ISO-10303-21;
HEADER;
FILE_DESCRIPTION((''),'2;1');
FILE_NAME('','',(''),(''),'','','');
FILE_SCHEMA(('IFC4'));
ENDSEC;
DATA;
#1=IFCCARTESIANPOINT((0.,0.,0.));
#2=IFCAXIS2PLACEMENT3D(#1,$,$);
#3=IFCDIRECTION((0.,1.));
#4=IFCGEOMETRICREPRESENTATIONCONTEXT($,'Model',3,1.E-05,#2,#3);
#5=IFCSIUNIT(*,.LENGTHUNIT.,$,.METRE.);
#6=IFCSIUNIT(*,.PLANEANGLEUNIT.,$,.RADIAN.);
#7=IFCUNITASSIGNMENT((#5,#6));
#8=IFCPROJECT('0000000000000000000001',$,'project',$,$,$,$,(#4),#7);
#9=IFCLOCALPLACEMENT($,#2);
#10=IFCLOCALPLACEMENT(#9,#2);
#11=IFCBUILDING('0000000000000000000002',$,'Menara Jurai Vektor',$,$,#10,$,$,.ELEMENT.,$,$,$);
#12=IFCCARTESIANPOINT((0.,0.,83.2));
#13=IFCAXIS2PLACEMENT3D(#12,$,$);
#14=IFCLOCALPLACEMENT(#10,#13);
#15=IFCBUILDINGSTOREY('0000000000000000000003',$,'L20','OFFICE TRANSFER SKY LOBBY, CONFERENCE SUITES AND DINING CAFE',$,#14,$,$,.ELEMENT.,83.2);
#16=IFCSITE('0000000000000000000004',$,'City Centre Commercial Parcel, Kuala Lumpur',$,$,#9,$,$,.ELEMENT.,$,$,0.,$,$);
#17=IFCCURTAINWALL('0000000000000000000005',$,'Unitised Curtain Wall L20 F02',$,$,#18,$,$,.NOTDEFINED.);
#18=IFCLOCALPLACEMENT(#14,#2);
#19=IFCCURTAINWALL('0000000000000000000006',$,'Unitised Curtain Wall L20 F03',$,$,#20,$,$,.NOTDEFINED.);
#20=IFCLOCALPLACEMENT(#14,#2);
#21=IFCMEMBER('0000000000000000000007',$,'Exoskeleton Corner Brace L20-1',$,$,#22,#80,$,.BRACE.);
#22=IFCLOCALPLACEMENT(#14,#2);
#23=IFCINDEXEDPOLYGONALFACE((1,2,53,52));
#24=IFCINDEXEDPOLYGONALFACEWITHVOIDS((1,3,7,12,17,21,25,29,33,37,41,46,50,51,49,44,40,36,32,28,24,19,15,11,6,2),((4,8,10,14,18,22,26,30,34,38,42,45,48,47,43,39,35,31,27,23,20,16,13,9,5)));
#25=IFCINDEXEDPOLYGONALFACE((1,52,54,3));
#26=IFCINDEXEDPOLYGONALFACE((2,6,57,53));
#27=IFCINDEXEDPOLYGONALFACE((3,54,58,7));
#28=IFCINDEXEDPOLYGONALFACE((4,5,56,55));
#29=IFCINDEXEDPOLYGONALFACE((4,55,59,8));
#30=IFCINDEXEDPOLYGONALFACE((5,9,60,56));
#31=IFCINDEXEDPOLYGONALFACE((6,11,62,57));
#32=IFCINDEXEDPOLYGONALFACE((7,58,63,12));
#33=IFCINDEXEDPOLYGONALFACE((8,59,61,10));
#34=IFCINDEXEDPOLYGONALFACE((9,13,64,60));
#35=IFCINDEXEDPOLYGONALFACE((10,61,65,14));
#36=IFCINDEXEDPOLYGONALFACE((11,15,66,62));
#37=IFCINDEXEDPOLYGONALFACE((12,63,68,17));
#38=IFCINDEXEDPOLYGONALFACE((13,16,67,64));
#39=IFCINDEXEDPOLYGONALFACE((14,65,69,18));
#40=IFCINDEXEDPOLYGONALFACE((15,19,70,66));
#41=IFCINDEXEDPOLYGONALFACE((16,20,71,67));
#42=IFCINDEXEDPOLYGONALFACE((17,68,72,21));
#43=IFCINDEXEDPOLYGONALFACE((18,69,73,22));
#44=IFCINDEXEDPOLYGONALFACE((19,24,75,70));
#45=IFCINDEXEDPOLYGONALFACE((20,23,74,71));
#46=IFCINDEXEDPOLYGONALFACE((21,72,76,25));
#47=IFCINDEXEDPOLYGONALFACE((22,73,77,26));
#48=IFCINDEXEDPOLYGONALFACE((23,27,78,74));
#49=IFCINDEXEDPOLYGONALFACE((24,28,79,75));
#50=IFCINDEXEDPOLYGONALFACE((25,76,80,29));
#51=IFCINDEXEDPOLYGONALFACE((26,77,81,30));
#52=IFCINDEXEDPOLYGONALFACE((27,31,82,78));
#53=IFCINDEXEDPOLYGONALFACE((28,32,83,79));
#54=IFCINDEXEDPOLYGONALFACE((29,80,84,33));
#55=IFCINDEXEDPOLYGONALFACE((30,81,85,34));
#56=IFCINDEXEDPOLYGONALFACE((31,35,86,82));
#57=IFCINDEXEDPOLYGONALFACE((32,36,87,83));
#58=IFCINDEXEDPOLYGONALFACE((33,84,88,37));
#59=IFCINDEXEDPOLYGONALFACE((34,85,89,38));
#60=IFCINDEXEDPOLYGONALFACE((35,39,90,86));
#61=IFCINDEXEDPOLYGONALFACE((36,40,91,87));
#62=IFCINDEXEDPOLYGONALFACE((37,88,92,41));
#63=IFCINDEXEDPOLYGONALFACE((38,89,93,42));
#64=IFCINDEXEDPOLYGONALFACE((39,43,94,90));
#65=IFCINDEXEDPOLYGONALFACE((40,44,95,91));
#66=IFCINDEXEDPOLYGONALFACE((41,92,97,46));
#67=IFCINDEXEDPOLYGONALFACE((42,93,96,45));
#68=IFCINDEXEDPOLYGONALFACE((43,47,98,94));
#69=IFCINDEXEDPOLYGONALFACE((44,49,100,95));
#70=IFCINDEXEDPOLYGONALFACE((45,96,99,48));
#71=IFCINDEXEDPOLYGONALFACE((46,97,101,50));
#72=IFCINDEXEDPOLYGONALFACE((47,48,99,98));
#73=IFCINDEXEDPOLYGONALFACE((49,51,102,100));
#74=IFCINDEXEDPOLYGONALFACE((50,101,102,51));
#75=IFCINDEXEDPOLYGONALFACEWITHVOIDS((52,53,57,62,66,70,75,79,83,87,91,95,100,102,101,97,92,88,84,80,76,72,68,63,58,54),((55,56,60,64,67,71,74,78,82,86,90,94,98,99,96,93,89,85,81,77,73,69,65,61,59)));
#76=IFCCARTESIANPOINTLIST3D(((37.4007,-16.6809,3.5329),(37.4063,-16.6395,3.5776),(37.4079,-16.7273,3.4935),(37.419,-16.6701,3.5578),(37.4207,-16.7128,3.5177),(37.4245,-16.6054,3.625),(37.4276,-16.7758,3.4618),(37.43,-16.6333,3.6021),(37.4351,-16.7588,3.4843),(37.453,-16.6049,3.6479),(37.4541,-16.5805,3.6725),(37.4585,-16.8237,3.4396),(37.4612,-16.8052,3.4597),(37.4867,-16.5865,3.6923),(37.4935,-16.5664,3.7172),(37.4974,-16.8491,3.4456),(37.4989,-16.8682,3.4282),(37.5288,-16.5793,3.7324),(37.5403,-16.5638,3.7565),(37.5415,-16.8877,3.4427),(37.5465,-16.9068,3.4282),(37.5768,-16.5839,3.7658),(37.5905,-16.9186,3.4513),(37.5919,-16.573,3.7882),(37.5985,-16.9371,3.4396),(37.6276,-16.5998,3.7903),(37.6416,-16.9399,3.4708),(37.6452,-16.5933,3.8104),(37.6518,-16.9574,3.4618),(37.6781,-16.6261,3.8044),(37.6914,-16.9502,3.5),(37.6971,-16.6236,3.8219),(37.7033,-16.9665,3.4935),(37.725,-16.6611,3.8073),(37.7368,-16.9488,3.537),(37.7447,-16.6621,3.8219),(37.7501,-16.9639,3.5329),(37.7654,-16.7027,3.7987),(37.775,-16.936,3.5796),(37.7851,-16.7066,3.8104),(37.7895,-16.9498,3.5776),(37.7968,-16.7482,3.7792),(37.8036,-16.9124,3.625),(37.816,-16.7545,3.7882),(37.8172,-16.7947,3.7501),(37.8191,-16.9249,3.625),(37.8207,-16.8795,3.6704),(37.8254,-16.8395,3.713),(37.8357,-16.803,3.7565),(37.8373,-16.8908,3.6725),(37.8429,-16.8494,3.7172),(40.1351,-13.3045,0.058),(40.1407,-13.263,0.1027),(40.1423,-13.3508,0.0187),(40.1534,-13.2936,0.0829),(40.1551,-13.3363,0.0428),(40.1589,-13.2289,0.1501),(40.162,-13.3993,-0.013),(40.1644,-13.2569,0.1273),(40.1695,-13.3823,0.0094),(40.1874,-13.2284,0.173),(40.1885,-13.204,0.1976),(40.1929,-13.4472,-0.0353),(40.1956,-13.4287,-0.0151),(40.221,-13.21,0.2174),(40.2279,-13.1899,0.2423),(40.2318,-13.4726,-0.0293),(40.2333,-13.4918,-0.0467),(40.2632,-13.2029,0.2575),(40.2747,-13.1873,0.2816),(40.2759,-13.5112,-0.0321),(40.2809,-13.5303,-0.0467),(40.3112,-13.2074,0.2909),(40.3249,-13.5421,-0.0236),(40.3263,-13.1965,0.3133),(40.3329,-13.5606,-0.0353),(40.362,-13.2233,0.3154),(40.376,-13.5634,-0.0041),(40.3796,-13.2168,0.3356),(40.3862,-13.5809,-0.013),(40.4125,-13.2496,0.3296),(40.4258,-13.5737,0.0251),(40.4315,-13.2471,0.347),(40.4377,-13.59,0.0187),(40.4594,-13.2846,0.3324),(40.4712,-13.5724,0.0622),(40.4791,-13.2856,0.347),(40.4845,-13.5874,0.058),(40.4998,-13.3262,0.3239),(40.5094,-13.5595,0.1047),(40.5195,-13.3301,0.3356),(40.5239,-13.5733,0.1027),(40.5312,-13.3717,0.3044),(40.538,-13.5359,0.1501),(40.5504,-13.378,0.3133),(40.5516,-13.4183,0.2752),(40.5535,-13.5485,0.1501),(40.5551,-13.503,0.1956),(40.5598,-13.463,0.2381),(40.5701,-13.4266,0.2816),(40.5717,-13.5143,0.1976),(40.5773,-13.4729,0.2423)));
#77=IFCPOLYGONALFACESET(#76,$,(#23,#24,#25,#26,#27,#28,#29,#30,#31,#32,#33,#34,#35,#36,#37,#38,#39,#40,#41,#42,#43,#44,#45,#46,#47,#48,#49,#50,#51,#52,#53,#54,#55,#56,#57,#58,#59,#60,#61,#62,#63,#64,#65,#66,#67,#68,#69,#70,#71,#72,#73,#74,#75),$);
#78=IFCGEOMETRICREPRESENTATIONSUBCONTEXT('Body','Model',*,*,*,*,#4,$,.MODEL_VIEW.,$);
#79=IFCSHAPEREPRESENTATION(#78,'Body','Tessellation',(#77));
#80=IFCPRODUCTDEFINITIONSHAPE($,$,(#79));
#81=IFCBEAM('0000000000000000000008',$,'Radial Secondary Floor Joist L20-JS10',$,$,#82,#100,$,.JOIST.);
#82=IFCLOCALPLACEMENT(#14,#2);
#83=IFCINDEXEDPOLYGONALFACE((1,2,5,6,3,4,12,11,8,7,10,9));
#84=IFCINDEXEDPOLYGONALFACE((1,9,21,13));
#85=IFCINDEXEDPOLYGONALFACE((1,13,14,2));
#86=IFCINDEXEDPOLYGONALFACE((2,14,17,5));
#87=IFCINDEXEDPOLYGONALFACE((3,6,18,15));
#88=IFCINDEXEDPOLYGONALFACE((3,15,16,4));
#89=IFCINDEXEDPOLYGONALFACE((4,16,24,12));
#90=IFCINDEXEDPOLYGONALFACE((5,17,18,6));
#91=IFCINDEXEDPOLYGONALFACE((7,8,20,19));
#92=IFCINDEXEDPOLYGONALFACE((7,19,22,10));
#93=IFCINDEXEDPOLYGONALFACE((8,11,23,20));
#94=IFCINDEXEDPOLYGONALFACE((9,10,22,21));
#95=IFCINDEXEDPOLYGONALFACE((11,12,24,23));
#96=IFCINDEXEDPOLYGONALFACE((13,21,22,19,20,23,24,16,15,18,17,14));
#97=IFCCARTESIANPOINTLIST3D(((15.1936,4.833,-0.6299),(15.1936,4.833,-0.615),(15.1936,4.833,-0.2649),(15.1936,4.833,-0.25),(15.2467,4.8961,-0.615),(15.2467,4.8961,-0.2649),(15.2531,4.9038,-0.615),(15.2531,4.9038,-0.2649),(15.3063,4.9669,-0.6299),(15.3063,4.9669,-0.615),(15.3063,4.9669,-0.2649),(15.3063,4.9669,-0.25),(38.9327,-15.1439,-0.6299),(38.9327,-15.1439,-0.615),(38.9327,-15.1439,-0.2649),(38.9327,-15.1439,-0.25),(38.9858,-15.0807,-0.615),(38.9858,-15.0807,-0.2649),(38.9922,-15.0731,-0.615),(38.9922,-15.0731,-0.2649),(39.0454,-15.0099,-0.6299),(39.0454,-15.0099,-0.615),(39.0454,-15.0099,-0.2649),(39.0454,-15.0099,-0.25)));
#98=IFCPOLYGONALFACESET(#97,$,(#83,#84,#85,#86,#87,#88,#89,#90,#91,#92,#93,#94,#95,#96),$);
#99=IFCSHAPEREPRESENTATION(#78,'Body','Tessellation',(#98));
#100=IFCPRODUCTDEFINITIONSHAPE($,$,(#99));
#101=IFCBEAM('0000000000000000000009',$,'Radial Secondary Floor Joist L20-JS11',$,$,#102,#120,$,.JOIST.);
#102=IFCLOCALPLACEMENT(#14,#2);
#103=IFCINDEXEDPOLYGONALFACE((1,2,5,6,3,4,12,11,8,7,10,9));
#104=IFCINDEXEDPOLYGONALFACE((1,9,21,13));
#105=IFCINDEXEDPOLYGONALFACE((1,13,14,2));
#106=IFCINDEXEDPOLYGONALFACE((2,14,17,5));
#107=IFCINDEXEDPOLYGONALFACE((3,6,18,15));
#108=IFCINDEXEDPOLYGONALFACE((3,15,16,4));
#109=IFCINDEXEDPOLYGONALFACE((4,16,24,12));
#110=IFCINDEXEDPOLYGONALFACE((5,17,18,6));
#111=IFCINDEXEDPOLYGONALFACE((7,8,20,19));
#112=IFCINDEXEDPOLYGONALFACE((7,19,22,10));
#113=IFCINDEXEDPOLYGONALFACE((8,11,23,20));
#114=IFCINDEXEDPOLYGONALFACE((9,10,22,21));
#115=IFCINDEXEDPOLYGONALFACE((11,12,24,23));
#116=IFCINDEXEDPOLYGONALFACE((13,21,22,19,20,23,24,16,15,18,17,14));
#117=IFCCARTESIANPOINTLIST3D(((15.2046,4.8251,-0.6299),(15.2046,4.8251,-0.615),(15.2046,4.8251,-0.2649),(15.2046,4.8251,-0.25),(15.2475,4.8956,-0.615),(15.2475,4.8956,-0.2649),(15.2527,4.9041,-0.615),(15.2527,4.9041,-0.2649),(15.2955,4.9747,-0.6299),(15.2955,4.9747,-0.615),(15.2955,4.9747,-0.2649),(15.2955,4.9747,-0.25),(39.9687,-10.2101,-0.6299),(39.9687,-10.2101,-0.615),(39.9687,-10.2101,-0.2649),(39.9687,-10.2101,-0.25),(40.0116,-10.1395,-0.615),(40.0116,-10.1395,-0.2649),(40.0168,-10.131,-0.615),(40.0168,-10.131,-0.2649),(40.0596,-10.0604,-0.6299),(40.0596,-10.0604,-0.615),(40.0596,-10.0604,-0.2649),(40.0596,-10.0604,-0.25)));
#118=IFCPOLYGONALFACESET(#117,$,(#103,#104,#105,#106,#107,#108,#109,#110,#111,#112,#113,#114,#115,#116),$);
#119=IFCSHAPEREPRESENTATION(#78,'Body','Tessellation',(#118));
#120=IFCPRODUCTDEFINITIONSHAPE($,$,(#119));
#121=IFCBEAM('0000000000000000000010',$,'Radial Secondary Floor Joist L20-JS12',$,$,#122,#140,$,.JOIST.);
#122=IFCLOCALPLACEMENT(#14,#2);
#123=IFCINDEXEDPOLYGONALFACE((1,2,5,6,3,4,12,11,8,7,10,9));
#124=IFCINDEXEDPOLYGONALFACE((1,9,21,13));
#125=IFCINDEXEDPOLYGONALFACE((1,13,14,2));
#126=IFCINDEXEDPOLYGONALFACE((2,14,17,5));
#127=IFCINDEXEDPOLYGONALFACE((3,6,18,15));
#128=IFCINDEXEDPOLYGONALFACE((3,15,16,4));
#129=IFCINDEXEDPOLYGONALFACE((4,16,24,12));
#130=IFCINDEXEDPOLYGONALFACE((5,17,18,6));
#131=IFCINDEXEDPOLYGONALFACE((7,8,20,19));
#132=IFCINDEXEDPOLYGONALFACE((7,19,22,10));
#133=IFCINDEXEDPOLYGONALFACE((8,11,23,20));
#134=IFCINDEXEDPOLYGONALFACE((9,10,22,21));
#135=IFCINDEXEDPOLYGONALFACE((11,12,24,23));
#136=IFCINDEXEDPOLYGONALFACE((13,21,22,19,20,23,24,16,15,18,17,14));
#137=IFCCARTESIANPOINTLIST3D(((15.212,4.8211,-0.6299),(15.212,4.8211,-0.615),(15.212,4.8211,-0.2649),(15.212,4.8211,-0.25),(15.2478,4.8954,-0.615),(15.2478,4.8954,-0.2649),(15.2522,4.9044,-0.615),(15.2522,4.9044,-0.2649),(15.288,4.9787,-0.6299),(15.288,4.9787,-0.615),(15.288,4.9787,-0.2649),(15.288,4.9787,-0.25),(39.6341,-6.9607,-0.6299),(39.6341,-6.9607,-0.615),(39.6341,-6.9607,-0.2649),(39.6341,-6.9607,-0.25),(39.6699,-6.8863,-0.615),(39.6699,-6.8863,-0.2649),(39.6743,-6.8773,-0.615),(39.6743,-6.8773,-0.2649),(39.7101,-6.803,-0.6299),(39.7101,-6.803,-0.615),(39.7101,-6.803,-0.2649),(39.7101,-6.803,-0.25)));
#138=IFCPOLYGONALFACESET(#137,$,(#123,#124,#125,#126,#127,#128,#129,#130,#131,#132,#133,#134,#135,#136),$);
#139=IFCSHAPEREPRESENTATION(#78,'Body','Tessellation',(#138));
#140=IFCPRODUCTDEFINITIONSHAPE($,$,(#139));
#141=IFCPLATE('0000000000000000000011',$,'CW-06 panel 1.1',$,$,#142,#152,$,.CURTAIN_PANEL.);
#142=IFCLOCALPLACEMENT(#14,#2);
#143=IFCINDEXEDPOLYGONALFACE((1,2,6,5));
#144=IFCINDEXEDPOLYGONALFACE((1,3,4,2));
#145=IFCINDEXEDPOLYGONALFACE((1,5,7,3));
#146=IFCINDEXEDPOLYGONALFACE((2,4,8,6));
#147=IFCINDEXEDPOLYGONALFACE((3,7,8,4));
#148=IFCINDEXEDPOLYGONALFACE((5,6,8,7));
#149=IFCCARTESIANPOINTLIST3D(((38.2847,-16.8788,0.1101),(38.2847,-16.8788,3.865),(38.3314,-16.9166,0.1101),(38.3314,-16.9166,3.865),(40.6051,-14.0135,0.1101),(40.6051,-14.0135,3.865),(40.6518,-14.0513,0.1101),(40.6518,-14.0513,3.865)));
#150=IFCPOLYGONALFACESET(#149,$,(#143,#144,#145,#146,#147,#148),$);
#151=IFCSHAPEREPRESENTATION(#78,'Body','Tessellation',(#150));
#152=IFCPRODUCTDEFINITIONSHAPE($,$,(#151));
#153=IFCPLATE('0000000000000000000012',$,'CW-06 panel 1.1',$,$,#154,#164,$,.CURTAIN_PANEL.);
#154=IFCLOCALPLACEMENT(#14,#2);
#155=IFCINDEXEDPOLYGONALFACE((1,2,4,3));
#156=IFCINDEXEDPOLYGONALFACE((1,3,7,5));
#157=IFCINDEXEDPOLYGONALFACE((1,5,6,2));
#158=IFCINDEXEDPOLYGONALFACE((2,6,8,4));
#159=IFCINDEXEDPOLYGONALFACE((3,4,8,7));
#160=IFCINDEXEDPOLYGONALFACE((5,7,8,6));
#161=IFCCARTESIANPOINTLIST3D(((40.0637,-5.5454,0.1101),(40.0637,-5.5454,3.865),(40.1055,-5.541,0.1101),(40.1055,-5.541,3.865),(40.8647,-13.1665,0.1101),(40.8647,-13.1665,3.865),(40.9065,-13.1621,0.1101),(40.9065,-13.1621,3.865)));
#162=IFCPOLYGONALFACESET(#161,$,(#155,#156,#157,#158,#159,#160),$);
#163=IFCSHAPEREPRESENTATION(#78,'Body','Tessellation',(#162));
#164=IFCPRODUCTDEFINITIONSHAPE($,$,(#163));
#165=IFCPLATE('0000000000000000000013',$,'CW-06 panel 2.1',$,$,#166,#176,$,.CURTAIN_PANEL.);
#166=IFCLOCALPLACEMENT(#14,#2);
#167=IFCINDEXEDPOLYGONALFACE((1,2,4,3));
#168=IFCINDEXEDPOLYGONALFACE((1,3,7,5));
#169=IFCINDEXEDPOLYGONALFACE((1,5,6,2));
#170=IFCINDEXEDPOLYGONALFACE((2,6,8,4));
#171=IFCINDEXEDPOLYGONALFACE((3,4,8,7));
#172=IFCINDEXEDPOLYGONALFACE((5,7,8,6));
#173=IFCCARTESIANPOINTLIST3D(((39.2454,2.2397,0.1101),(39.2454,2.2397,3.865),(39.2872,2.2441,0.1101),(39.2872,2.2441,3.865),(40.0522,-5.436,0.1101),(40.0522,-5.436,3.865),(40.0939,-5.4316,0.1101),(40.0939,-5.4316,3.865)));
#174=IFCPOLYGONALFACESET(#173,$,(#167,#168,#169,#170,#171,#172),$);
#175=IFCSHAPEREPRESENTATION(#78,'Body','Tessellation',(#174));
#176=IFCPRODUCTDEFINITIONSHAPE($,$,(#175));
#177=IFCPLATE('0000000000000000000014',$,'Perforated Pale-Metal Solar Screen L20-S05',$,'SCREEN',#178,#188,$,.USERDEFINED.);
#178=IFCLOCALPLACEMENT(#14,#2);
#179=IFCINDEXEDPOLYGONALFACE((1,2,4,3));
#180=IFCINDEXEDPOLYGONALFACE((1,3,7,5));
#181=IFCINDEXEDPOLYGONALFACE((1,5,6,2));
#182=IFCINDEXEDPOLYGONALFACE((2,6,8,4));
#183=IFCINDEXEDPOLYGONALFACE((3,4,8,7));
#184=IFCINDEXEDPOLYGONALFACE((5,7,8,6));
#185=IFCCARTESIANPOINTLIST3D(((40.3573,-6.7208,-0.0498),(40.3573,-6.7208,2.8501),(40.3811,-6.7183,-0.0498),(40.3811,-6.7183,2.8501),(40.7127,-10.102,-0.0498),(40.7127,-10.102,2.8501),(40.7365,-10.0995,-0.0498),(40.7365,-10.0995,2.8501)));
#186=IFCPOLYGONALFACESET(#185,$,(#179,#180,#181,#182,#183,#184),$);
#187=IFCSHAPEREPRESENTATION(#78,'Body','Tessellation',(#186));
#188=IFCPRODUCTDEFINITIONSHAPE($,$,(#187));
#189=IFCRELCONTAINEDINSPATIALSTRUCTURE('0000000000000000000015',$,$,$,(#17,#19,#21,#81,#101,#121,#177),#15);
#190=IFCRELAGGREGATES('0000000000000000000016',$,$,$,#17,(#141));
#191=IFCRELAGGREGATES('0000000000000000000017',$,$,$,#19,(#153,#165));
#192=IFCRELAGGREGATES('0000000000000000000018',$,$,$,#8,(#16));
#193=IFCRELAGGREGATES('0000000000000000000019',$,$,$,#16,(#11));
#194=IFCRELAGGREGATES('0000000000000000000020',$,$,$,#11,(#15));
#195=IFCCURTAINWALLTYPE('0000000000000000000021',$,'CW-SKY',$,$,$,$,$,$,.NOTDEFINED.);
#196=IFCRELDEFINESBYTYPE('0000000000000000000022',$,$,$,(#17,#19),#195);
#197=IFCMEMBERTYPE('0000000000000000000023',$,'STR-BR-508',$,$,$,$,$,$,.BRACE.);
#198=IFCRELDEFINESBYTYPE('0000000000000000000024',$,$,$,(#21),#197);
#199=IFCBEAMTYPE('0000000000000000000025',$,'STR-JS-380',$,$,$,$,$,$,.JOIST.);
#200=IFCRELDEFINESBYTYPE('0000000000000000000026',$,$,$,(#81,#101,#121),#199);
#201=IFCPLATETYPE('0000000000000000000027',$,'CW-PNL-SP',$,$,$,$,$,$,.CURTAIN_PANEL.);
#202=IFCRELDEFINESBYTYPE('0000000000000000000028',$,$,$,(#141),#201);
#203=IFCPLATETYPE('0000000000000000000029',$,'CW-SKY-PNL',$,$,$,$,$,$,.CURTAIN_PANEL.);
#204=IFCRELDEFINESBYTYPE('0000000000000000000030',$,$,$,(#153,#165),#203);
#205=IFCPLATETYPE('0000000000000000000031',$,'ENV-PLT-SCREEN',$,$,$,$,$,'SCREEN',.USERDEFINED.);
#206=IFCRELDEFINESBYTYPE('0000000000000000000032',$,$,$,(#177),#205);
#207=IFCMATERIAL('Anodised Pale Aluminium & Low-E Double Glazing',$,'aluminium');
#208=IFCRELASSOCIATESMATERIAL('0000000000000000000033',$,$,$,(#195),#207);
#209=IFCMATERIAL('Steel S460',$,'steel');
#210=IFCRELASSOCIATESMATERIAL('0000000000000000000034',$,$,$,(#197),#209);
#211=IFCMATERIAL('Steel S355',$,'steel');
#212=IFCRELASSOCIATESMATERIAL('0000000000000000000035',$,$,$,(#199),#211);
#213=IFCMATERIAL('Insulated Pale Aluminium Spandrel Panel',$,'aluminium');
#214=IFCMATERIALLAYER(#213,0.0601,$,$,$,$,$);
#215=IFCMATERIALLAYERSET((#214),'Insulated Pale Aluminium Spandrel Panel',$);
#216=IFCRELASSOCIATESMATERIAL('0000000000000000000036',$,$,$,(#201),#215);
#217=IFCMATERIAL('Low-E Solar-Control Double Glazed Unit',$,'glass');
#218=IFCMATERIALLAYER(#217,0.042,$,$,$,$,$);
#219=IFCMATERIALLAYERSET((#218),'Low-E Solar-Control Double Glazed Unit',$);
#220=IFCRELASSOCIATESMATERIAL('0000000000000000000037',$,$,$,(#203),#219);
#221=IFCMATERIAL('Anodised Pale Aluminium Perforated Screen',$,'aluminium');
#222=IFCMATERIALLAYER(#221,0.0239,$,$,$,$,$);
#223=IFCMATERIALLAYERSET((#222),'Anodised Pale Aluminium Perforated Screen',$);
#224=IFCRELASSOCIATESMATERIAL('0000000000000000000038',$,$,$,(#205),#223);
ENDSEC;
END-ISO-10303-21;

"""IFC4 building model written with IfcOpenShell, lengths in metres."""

from ifc_helpers import new_model, si_unit, direction, frame, origin, origin_2d, place, context, subcontext, project, spatial, rectangle, hollow_circle, i_section, extrude, material, layer, layer_set, material_profile, profile_set, type_object, element, aggregate, save


model = new_model("IFC4")

# Units and contexts
model_context = context("Model", 3, precision=1e-05, world=origin(), true_north=direction((0.0, 1.0)))
body_context = subcontext(model_context, "Body", "Model", "MODEL_VIEW")
ifc_project = project(units=[si_unit("LENGTHUNIT", "METRE"), si_unit("PLANEANGLEUNIT", "RADIAN")], contexts=[model_context])

# Site, building, storey
site_placement = place(None, origin())
site = spatial("IfcSite", under=ifc_project, at=site_placement, Name="City Centre Commercial Parcel, Kuala Lumpur", CompositionType="ELEMENT", RefElevation=0.0)
building_placement = place(site_placement, origin())
building = spatial("IfcBuilding", under=site, at=building_placement, Name="Menara Jurai Vektor", CompositionType="ELEMENT")
storey_placement = place(building_placement, frame((0.0, 0.0, 83.2)))
storey = spatial("IfcBuildingStorey", under=building, at=storey_placement, Name="L20", Description="OFFICE TRANSFER SKY LOBBY, CONFERENCE SUITES AND DINING CAFE", CompositionType="ELEMENT", Elevation=83.2)

# Shared definitions
ifc_material_1 = material(Name="Steel S460", Category="steel")

# Curtain walls
ifc_material_2 = material(Name="Anodised Pale Aluminium & Low-E Double Glazing", Category="aluminium")
curtain_wall_type = type_object("IfcCurtainWallType", Name="CW-SKY", PredefinedType="NOTDEFINED", material=ifc_material_2)
curtain_wall_1_placement = place(storey_placement, origin())
curtain_wall_1 = element("IfcCurtainWall", 1, at=curtain_wall_1_placement, inside=storey, type_object=curtain_wall_type, Name="Unitised Curtain Wall L20 F02", PredefinedType="NOTDEFINED")
curtain_wall_2_placement = place(storey_placement, origin())
curtain_wall_2 = element("IfcCurtainWall", 2, at=curtain_wall_2_placement, inside=storey, type_object=curtain_wall_type, Name="Unitised Curtain Wall L20 F03", PredefinedType="NOTDEFINED")

# Shared definitions
ifc_material_3 = material(Name="Steel S355", Category="steel")

# Member
ifc_material_profile_1 = material_profile(ifc_material_1, hollow_circle(Radius=0.2539, WallThickness=0.02, at=origin_2d()), Name="CHS 508x20")
ifc_profile_set_1 = profile_set([ifc_material_profile_1], Name="Steel S460")
member_type_1 = type_object("IfcMemberType", Name="STR-BR-508", PredefinedType="BRACE", material=ifc_profile_set_1)
member_1_placement = place(storey_placement, frame((40.3562, -13.3887, 0.1501), z_axis=(-0.491489, -0.606902, 0.624587), x_axis=(0.777127, -0.629344, 0.0)))
element("IfcMember", 3, at=member_1_placement, inside=storey, type_object=member_type_1, Name="Exoskeleton Corner Brace L20-1", PredefinedType="BRACE", context=body_context, shape_type="SweptSolid", body=[
    extrude(hollow_circle(Radius=0.2539, WallThickness=0.02, at=origin_2d()), origin(), (0.0, 0.0, 1.0), 5.5635),
])

# Beams
ifc_material_profile_2 = material_profile(ifc_material_3, i_section(OverallWidth=0.175, OverallDepth=0.3799, WebThickness=0.01, FlangeThickness=0.0149, at=origin_2d()), Name="PG 380x175x58")
ifc_profile_set_2 = profile_set([ifc_material_profile_2], Name="Steel S355")
beam_type_1 = type_object("IfcBeamType", Name="STR-JS-380", PredefinedType="JOIST", material=ifc_profile_set_2)
beam_1_placement = place(storey_placement, frame((38.989, -15.0769, -0.4399), z_axis=(-0.765133, 0.643873, 0.0), x_axis=(-0.643873, -0.765133, 0.0)))
element("IfcBeam", 4, at=beam_1_placement, inside=storey, type_object=beam_type_1, Name="Radial Secondary Floor Joist L20-JS10", PredefinedType="JOIST", context=body_context, shape_type="SweptSolid", body=[
    extrude(i_section(OverallWidth=0.175, OverallDepth=0.3799, WebThickness=0.01, FlangeThickness=0.0149, at=origin_2d()), origin(), (0.0, 0.0, 1.0), 31.0261),
])
beam_2_placement = place(storey_placement, frame((40.0142, -10.1353, -0.4399), z_axis=(-0.854791, 0.518972, 0.0), x_axis=(-0.518972, -0.854791, 0.0)))
element("IfcBeam", 5, at=beam_2_placement, inside=storey, type_object=beam_type_1, Name="Radial Secondary Floor Joist L20-JS11", PredefinedType="JOIST", context=body_context, shape_type="SweptSolid", body=[
    extrude(i_section(OverallWidth=0.175, OverallDepth=0.3799, WebThickness=0.01, FlangeThickness=0.0149, at=origin_2d()), origin(), (0.0, 0.0, 1.0), 28.9709),
])
beam_3_placement = place(storey_placement, frame((39.6721, -6.8818, -0.4399), z_axis=(-0.900671, 0.434502, 0.0), x_axis=(-0.434502, -0.900671, 0.0)))
element("IfcBeam", 6, at=beam_3_placement, inside=storey, type_object=beam_type_1, Name="Radial Secondary Floor Joist L20-JS12", PredefinedType="JOIST", context=body_context, shape_type="SweptSolid", body=[
    extrude(i_section(OverallWidth=0.175, OverallDepth=0.3799, WebThickness=0.01, FlangeThickness=0.0149, at=origin_2d()), origin(), (0.0, 0.0, 1.0), 27.1155),
])

# Plates
ifc_material_4 = material(Name="Insulated Pale Aluminium Spandrel Panel", Category="aluminium")
ifc_layer_1 = layer(ifc_material_4, 0.0601)
ifc_layer_set_1 = layer_set([ifc_layer_1], Name="Insulated Pale Aluminium Spandrel Panel")
plate_type_1 = type_object("IfcPlateType", Name="CW-PNL-SP", PredefinedType="CURTAIN_PANEL", material=ifc_layer_set_1)
plate_1_placement = place(storey_placement, frame((39.4683, -15.4651, 0.1101), z_axis=(0.0, 0.0, 1.0), x_axis=(0.629341, 0.777129, 0.0)))
plate_1 = element("IfcPlate", 7, at=plate_1_placement, type_object=plate_type_1, Name="CW-06 panel 1.1", PredefinedType="CURTAIN_PANEL", context=body_context, shape_type="SweptSolid", body=[
    extrude(rectangle(XDim=3.687, YDim=0.0601, at=origin_2d()), origin(), (0.0, 0.0, 1.0), 3.7549),
])
aggregate(curtain_wall_1, [plate_1])
ifc_material_5 = material(Name="Low-E Solar-Control Double Glazed Unit", Category="glass")
ifc_layer_2 = layer(ifc_material_5, 0.042)
ifc_layer_set_2 = layer_set([ifc_layer_2], Name="Low-E Solar-Control Double Glazed Unit")
plate_type_2 = type_object("IfcPlateType", Name="CW-SKY-PNL", PredefinedType="CURTAIN_PANEL", material=ifc_layer_set_2)
plate_2_placement = place(storey_placement, frame((40.4851, -9.3538, 0.1101), z_axis=(0.0, 0.0, 1.0), x_axis=(-0.10453, 0.994522, 0.0)))
plate_2 = element("IfcPlate", 8, at=plate_2_placement, type_object=plate_type_2, Name="CW-06 panel 1.1", PredefinedType="CURTAIN_PANEL", context=body_context, shape_type="SweptSolid", body=[
    extrude(rectangle(XDim=7.6631, YDim=0.042, at=origin_2d()), origin(), (0.0, 0.0, 1.0), 3.7549),
])
plate_3_placement = place(storey_placement, frame((39.6697, -1.5959, 0.1101), z_axis=(0.0, 0.0, 1.0), x_axis=(-0.10453, 0.994522, 0.0)))
plate_3 = element("IfcPlate", 9, at=plate_3_placement, type_object=plate_type_2, Name="CW-06 panel 2.1", PredefinedType="CURTAIN_PANEL", context=body_context, shape_type="SweptSolid", body=[
    extrude(rectangle(XDim=7.718, YDim=0.042, at=origin_2d()), origin(), (0.0, 0.0, 1.0), 3.7549),
])
aggregate(curtain_wall_2, [plate_2, plate_3])
ifc_material_6 = material(Name="Anodised Pale Aluminium Perforated Screen", Category="aluminium")
ifc_layer_3 = layer(ifc_material_6, 0.0239)
ifc_layer_set_3 = layer_set([ifc_layer_3], Name="Anodised Pale Aluminium Perforated Screen")
plate_type_3 = type_object("IfcPlateType", Name="ENV-PLT-SCREEN", ElementType="SCREEN", PredefinedType="USERDEFINED", material=ifc_layer_set_3)
plate_4_placement = place(storey_placement, frame((40.5469, -8.4102, -0.0498), z_axis=(0.0, 0.0, 1.0), x_axis=(-0.104528, 0.994522, 0.0)))
element("IfcPlate", 10, at=plate_4_placement, inside=storey, type_object=plate_type_3, Name="Perforated Pale-Metal Solar Screen L20-S05", ObjectType="SCREEN", PredefinedType="USERDEFINED", context=body_context, shape_type="SweptSolid", body=[
    extrude(rectangle(XDim=3.3999, YDim=0.0239, at=origin_2d()), origin(), (0.0, 0.0, 1.0), 2.8999),
])

save(model, "model.ifc")
